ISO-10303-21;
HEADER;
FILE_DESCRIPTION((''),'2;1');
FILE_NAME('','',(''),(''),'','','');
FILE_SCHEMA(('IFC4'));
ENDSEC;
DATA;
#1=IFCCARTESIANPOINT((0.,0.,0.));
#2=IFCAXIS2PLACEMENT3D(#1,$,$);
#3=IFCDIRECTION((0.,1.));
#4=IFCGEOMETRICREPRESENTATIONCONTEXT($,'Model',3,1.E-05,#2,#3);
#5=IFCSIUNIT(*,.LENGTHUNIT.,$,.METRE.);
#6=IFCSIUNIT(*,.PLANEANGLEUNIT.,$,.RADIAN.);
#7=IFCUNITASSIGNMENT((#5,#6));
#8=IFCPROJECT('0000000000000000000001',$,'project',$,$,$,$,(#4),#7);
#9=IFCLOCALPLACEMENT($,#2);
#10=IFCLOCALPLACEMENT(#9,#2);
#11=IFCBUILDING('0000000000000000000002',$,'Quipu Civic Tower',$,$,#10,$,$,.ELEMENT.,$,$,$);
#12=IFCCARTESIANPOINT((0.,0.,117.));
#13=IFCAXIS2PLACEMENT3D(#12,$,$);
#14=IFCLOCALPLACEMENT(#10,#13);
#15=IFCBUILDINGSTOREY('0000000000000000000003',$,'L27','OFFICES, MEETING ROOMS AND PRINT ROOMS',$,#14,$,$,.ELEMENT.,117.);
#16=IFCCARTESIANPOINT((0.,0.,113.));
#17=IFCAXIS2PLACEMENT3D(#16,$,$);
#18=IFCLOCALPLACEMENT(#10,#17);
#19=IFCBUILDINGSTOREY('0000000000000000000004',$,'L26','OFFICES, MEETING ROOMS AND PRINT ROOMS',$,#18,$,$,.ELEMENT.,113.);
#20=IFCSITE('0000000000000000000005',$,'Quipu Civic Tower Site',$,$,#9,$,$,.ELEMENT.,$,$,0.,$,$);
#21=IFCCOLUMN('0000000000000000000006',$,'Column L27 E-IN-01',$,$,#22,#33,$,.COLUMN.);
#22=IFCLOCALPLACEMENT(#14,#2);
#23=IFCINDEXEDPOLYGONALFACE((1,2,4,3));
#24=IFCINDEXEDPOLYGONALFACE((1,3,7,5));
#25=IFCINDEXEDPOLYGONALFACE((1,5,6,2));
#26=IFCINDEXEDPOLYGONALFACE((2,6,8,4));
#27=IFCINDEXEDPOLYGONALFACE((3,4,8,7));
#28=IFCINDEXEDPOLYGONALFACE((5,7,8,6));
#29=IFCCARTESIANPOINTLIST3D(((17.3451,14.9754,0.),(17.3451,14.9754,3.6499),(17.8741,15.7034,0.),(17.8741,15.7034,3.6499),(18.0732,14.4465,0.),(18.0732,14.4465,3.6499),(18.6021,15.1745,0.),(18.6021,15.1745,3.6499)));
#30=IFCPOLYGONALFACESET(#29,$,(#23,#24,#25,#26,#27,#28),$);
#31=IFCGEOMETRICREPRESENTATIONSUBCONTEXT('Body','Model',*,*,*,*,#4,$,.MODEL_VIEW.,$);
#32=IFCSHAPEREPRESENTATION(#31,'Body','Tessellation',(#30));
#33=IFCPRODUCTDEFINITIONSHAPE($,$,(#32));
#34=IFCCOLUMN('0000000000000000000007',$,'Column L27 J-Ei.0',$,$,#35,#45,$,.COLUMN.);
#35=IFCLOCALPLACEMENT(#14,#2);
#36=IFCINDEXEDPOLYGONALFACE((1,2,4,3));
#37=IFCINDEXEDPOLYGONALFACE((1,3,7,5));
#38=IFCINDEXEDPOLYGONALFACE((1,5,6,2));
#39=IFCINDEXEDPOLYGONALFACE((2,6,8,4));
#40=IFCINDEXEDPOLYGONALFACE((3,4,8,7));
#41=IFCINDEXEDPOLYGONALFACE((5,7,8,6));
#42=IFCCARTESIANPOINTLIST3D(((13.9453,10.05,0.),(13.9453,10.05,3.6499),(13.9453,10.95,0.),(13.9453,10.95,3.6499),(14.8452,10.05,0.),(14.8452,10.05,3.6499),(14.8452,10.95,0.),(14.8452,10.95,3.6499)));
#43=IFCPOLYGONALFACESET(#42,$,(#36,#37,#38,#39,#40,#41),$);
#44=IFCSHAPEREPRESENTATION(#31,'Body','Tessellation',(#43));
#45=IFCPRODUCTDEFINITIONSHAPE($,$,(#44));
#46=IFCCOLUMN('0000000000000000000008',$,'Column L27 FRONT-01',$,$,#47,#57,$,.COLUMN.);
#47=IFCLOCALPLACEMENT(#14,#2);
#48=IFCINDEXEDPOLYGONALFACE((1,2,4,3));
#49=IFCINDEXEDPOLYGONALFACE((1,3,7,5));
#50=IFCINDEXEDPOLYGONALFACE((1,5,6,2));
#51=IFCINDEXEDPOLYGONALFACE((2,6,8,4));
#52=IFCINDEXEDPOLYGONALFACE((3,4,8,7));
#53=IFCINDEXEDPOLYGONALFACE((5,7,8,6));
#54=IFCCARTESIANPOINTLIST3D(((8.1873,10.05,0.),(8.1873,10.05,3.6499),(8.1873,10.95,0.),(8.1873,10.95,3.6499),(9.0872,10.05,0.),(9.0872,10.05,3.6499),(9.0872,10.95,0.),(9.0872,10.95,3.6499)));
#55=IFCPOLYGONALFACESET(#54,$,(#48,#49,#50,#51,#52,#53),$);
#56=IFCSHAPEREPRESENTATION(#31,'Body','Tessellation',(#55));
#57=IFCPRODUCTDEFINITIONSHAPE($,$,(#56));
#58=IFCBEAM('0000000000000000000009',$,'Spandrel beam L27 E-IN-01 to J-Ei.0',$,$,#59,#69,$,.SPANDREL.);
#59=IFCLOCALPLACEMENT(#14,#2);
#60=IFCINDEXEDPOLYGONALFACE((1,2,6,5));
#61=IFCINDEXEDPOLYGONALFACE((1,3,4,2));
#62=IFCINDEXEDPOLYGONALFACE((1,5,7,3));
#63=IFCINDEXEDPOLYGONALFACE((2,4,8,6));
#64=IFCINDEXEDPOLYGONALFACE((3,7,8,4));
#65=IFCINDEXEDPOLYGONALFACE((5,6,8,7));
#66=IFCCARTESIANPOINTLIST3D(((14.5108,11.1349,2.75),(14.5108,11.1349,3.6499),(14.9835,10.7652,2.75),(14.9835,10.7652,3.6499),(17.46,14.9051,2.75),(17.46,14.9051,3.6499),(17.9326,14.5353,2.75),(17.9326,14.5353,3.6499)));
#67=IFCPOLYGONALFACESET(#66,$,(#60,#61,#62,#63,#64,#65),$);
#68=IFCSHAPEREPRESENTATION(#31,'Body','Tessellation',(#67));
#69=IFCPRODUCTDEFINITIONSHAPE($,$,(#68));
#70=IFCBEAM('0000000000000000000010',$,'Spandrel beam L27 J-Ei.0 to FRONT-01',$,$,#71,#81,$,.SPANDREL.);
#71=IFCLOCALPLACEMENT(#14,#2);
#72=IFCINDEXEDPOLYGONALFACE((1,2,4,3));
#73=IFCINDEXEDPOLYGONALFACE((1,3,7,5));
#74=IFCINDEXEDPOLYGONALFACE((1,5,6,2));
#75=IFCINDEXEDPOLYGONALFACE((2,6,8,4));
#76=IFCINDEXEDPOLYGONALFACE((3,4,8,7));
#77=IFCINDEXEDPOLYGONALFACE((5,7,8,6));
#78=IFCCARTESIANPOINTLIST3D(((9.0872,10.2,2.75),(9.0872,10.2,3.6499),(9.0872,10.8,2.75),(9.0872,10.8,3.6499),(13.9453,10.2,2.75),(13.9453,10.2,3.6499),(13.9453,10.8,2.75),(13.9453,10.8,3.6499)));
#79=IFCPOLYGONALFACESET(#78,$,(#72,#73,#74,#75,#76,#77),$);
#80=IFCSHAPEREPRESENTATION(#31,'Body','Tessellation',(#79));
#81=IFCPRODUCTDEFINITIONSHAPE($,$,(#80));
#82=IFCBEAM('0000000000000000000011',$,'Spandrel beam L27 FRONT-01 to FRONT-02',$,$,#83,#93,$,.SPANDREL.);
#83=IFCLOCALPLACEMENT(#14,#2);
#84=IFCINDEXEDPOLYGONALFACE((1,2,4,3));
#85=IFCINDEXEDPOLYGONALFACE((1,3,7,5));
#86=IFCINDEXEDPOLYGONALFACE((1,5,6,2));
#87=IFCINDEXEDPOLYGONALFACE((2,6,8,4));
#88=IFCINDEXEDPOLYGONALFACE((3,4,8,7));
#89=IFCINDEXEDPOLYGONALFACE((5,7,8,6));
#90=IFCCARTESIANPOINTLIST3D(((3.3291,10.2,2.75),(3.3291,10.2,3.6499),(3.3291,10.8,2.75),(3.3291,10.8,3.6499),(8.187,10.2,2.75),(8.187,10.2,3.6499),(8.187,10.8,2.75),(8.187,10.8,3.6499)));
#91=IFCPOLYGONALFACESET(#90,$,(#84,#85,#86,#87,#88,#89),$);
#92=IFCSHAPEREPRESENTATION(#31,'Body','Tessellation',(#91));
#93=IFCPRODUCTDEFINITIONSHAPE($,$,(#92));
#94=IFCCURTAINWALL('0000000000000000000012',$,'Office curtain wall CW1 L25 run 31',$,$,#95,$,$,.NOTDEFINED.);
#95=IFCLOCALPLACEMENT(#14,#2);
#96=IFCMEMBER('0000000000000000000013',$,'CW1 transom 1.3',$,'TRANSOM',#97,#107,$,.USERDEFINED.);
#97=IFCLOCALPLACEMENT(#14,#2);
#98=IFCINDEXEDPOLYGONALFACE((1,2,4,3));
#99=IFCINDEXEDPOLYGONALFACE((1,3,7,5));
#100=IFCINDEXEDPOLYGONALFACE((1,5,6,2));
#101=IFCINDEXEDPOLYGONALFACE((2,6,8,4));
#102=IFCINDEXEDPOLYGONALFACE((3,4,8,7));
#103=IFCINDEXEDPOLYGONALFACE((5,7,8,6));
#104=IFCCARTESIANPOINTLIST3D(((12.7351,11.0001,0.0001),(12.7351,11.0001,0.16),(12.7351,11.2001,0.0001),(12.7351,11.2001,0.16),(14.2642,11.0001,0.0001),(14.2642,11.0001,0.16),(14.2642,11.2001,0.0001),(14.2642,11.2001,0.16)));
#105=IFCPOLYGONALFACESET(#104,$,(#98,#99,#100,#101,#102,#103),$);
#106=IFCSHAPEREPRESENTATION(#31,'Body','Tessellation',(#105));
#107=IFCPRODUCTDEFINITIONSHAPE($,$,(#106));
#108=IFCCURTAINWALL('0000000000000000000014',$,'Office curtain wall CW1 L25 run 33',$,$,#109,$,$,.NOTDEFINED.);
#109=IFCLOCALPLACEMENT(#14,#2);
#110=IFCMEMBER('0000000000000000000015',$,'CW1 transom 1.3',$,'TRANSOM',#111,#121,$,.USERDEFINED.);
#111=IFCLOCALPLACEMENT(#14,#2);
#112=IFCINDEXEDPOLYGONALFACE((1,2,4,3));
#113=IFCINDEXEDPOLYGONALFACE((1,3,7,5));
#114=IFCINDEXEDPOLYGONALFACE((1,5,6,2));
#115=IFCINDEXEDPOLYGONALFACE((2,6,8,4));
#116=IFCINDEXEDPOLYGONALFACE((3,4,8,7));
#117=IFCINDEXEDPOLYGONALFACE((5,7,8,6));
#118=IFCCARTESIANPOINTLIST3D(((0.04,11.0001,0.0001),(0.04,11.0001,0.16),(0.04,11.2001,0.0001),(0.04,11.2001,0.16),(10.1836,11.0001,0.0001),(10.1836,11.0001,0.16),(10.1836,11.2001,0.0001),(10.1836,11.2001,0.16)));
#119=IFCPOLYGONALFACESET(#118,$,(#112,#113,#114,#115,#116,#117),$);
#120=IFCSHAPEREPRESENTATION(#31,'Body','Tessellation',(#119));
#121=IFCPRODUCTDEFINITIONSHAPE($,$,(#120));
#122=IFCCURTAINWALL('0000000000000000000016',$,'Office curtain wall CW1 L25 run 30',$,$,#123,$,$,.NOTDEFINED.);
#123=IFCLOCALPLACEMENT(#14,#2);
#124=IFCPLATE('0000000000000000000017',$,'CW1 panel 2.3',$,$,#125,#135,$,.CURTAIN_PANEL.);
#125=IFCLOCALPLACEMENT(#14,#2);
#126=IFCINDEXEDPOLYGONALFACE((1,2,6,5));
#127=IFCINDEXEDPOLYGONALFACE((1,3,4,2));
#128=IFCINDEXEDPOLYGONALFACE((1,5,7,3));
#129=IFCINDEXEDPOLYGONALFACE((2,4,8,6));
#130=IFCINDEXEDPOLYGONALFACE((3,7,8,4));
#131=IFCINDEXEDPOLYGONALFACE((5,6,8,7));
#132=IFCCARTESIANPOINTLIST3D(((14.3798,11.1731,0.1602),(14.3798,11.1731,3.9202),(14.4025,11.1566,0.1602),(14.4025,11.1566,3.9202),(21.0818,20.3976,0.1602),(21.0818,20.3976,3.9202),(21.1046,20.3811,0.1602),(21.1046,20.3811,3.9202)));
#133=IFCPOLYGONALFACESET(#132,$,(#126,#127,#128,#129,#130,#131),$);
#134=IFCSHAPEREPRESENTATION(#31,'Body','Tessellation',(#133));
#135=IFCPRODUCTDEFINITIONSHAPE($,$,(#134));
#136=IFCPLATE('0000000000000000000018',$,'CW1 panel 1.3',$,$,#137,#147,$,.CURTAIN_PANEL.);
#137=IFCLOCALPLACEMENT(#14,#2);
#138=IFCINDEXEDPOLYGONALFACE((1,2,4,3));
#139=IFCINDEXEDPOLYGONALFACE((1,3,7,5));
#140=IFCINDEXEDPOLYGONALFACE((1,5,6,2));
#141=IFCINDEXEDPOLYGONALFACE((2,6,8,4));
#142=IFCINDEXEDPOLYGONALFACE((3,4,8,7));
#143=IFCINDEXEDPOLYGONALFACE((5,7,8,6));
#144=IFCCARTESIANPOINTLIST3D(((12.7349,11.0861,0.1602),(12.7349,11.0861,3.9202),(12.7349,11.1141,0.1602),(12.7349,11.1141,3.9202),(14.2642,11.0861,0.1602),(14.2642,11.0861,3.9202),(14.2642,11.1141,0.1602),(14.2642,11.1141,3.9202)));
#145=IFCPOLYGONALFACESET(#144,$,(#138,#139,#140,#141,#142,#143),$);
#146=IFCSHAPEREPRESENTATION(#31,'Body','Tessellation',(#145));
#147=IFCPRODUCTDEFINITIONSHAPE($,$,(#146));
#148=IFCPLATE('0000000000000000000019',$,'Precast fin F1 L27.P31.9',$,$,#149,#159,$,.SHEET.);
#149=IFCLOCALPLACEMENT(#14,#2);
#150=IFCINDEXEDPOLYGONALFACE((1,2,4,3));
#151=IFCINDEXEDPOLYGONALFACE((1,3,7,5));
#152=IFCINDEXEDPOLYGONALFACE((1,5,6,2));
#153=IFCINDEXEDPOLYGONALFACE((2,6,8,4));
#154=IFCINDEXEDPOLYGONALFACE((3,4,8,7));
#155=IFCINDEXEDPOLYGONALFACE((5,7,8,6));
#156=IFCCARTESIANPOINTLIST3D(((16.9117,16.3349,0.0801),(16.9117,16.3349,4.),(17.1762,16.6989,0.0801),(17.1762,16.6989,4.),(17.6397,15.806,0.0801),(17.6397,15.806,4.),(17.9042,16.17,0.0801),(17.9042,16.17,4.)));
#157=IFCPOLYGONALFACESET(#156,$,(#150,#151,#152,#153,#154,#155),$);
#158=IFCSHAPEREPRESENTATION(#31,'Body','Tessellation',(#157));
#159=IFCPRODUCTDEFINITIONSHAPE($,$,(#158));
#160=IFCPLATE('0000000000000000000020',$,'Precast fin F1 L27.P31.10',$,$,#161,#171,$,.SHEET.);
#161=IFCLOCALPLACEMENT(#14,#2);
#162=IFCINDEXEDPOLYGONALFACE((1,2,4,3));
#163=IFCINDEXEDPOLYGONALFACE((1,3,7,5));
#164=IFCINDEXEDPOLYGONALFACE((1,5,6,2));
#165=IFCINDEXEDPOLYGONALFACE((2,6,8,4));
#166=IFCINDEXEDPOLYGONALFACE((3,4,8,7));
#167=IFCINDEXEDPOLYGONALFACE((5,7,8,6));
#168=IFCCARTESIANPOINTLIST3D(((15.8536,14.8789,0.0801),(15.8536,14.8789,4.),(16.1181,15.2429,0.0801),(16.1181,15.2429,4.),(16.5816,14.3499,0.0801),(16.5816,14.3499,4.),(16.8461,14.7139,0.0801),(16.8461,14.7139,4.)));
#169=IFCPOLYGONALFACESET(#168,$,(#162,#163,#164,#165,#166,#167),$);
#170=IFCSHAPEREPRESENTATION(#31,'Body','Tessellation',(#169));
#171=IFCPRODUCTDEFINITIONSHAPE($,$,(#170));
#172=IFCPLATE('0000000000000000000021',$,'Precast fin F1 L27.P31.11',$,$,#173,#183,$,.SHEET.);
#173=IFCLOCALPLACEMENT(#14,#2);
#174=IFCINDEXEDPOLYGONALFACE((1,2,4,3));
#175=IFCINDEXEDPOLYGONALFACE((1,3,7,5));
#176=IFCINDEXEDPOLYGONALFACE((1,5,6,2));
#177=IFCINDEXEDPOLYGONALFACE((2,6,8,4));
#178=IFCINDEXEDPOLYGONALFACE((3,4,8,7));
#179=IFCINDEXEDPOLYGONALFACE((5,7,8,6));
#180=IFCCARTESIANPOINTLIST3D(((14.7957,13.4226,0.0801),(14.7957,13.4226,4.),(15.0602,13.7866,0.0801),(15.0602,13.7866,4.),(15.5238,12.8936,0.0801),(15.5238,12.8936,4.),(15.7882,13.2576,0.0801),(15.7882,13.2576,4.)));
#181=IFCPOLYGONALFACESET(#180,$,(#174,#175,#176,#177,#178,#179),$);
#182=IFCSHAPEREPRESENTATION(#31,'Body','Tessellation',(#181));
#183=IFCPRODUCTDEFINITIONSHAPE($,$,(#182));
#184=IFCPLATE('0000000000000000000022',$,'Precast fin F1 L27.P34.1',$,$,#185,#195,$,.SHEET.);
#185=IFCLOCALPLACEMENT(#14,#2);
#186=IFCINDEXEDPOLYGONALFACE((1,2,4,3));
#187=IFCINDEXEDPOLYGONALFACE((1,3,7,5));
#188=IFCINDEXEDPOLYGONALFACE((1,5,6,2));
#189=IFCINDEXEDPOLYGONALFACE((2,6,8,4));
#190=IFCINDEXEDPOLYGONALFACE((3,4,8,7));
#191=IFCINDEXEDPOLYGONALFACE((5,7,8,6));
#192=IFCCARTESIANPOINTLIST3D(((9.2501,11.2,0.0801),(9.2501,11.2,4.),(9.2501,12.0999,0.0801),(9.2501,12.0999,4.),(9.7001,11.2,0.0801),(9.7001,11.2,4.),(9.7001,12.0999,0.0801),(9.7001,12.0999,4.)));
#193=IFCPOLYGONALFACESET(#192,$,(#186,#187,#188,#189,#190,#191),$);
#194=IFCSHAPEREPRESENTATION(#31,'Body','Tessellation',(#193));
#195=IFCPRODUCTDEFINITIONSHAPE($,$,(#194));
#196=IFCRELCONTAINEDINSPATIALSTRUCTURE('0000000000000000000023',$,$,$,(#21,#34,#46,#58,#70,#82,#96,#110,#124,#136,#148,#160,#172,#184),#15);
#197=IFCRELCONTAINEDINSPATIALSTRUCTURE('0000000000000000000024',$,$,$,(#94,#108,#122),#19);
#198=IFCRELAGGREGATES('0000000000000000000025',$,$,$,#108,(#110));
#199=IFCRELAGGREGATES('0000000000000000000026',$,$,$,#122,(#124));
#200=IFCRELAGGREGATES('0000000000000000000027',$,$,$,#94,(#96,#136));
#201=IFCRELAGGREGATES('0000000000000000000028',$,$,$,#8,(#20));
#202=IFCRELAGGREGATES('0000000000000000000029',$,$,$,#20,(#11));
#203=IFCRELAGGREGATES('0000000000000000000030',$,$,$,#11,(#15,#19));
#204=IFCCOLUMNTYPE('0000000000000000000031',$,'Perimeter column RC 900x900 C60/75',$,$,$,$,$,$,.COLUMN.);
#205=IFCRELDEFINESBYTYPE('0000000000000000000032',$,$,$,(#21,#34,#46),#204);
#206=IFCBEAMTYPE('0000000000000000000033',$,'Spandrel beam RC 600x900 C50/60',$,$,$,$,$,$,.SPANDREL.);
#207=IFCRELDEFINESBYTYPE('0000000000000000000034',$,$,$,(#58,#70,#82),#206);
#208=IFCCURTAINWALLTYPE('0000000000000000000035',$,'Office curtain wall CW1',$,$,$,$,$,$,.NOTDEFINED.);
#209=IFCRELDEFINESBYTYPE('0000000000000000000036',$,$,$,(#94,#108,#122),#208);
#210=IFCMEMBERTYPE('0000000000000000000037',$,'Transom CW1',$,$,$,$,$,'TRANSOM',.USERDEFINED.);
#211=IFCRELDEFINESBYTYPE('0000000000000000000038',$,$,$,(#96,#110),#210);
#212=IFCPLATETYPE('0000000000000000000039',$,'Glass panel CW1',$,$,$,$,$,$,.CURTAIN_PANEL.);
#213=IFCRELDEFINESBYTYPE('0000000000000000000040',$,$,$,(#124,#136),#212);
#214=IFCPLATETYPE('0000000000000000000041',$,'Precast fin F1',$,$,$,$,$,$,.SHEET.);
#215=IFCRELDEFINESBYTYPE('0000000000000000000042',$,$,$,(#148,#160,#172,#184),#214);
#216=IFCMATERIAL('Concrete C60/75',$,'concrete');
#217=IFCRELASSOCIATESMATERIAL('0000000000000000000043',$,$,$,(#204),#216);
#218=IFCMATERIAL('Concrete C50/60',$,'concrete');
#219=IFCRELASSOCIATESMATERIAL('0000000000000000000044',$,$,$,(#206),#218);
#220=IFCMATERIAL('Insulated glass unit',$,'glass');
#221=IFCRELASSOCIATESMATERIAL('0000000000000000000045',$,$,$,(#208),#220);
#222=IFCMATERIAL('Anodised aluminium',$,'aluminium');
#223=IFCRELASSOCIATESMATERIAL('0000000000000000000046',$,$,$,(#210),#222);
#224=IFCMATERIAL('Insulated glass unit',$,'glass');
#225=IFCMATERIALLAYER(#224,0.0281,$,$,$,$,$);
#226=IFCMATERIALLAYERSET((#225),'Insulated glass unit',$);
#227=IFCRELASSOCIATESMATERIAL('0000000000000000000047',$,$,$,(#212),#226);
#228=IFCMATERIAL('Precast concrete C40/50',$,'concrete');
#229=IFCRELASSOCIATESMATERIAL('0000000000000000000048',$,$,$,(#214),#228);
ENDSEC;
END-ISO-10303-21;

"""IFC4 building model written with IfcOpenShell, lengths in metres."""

from ifc_helpers import new_model, si_unit, direction, frame, origin, origin_2d, place, context, subcontext, project, spatial, rectangle, extrude, material, layer, layer_set, material_profile, profile_set, type_object, element, aggregate, save


model = new_model("IFC4")

# Units and contexts
model_context = context("Model", 3, precision=1e-05, world=origin(), true_north=direction((0.0, 1.0)))
body_context = subcontext(model_context, "Body", "Model", "MODEL_VIEW")
ifc_project = project(units=[si_unit("LENGTHUNIT", "METRE"), si_unit("PLANEANGLEUNIT", "RADIAN")], contexts=[model_context])

# Site, building, storey
site_placement = place(None, origin())
site = spatial("IfcSite", under=ifc_project, at=site_placement, Name="Quipu Civic Tower Site", CompositionType="ELEMENT", RefElevation=0.0)
building_placement = place(site_placement, origin())
building = spatial("IfcBuilding", under=site, at=building_placement, Name="Quipu Civic Tower", CompositionType="ELEMENT")
storey_1_placement = place(building_placement, frame((0.0, 0.0, 117.0)))
storey_1 = spatial("IfcBuildingStorey", under=building, at=storey_1_placement, Name="L27", Description="OFFICES, MEETING ROOMS AND PRINT ROOMS", CompositionType="ELEMENT", Elevation=117.0)

# Columns
ifc_material_1 = material(Name="Concrete C60/75", Category="concrete")
ifc_material_profile_1 = material_profile(ifc_material_1, rectangle(XDim=0.8999, YDim=0.8999, at=origin_2d()), Name="RC900x900")
ifc_profile_set_1 = profile_set([ifc_material_profile_1], Name="Concrete C60/75")
column_type = type_object("IfcColumnType", Name="Perimeter column RC 900x900 C60/75", PredefinedType="COLUMN", material=ifc_profile_set_1)
for number, where, z_axis, x_axis, name in (
    (1, (17.9736, 15.075, 0.0), (0.0, 0.0, 1.0), (-0.587785, -0.809017, 0.0), "Column L27 E-IN-01"),
    (2, (14.3953, 10.5, 0.0), (0.0, 0.0, 1.0), (-1.0, 0.0, 0.0), "Column L27 J-Ei.0"),
    (3, (8.6372, 10.5, 0.0), (0.0, 0.0, 1.0), (-1.0, 0.0, 0.0), "Column L27 FRONT-01"),
):
    element("IfcColumn", number, at=place(storey_1_placement, frame(where, z_axis=z_axis, x_axis=x_axis)), inside=storey_1, type_object=column_type, Name=name, PredefinedType="COLUMN", context=body_context, shape_type="SweptSolid", body=[
        extrude(rectangle(XDim=0.8999, YDim=0.8999, at=origin_2d()), origin(), (0.0, 0.0, 1.0), 3.6499),
    ])

# Beams
ifc_material_2 = material(Name="Concrete C50/60", Category="concrete")
ifc_material_profile_2 = material_profile(ifc_material_2, rectangle(XDim=0.6001, YDim=0.8999, at=origin_2d()), Name="RC600x900")
ifc_profile_set_2 = profile_set([ifc_material_profile_2], Name="Concrete C50/60")
beam_type = type_object("IfcBeamType", Name="Spandrel beam RC 600x900 C50/60", PredefinedType="SPANDREL", material=ifc_profile_set_2)
beam_1_placement = place(storey_1_placement, frame((17.6963, 14.7202, 3.2), z_axis=(-0.616124, -0.787649, 0.0), x_axis=(0.787649, -0.616124, 0.0)))
element("IfcBeam", 4, at=beam_1_placement, inside=storey_1, type_object=beam_type, Name="Spandrel beam L27 E-IN-01 to J-Ei.0", PredefinedType="SPANDREL", context=body_context, shape_type="SweptSolid", body=[
    extrude(rectangle(XDim=0.6001, YDim=0.8999, at=origin_2d()), origin(), (0.0, 0.0, 1.0), 4.7866),
])
beam_2_placement = place(storey_1_placement, frame((13.9453, 10.5, 3.2), z_axis=(-1.0, 0.0, 0.0), x_axis=(0.0, -1.0, 0.0)))
element("IfcBeam", 5, at=beam_2_placement, inside=storey_1, type_object=beam_type, Name="Spandrel beam L27 J-Ei.0 to FRONT-01", PredefinedType="SPANDREL", context=body_context, shape_type="SweptSolid", body=[
    extrude(rectangle(XDim=0.6001, YDim=0.8999, at=origin_2d()), origin(), (0.0, 0.0, 1.0), 4.8582),
])
beam_3_placement = place(storey_1_placement, frame((8.187, 10.5, 3.2), z_axis=(-1.0, 0.0, 0.0), x_axis=(0.0, -1.0, 0.0)))
element("IfcBeam", 6, at=beam_3_placement, inside=storey_1, type_object=beam_type, Name="Spandrel beam L27 FRONT-01 to FRONT-02", PredefinedType="SPANDREL", context=body_context, shape_type="SweptSolid", body=[
    extrude(rectangle(XDim=0.6001, YDim=0.8999, at=origin_2d()), origin(), (0.0, 0.0, 1.0), 4.8579),
])

# Shared definitions
storey_2_placement = place(building_placement, frame((0.0, 0.0, 113.0)))
storey_2 = spatial("IfcBuildingStorey", under=building, at=storey_2_placement, Name="L26", Description="OFFICES, MEETING ROOMS AND PRINT ROOMS", CompositionType="ELEMENT", Elevation=113.0)

# Curtain walls, members
ifc_material_3 = material(Name="Insulated glass unit", Category="glass")
curtain_wall_type = type_object("IfcCurtainWallType", Name="Office curtain wall CW1", PredefinedType="NOTDEFINED", material=ifc_material_3)
curtain_wall_1_placement = place(storey_2_placement, origin())
curtain_wall_1 = element("IfcCurtainWall", 7, at=curtain_wall_1_placement, inside=storey_2, type_object=curtain_wall_type, Name="Office curtain wall CW1 L25 run 31", PredefinedType="NOTDEFINED")
ifc_material_4 = material(Name="Anodised aluminium", Category="aluminium")
ifc_material_profile_3 = material_profile(ifc_material_4, rectangle(XDim=0.2, YDim=0.1599, at=origin_2d()), Name="RECT 200x160")
ifc_profile_set_3 = profile_set([ifc_material_profile_3], Name="Anodised aluminium")
member_type = type_object("IfcMemberType", Name="Transom CW1", ElementType="TRANSOM", PredefinedType="USERDEFINED", material=ifc_profile_set_3)
member_1_placement = place(storey_1_placement, frame((14.2642, 11.1001, 0.0801), z_axis=(-1.0, 0.0, 0.0), x_axis=(0.0, -1.0, 0.0)))
member_1 = element("IfcMember", 8, at=member_1_placement, inside=storey_1, type_object=member_type, Name="CW1 transom 1.3", ObjectType="TRANSOM", PredefinedType="USERDEFINED", context=body_context, shape_type="SweptSolid", body=[
    extrude(rectangle(XDim=0.2, YDim=0.1599, at=origin_2d()), origin(), (0.0, 0.0, 1.0), 1.5291),
])
curtain_wall_2_placement = place(storey_2_placement, origin())
curtain_wall_2 = element("IfcCurtainWall", 9, at=curtain_wall_2_placement, inside=storey_2, type_object=curtain_wall_type, Name="Office curtain wall CW1 L25 run 33", PredefinedType="NOTDEFINED")
member_2_placement = place(storey_1_placement, frame((10.1836, 11.1001, 0.0801), z_axis=(-1.0, 0.0, 0.0), x_axis=(0.0, -1.0, 0.0)))
member_2 = element("IfcMember", 10, at=member_2_placement, inside=storey_1, type_object=member_type, Name="CW1 transom 1.3", ObjectType="TRANSOM", PredefinedType="USERDEFINED", context=body_context, shape_type="SweptSolid", body=[
    extrude(rectangle(XDim=0.2, YDim=0.1599, at=origin_2d()), origin(), (0.0, 0.0, 1.0), 10.1436),
])
aggregate(curtain_wall_2, [member_2])

# Curtain wall, plate
curtain_wall_3_placement = place(storey_2_placement, origin())
curtain_wall_3 = element("IfcCurtainWall", 11, at=curtain_wall_3_placement, inside=storey_2, type_object=curtain_wall_type, Name="Office curtain wall CW1 L25 run 30", PredefinedType="NOTDEFINED")
ifc_material_5 = material(Name="Insulated glass unit", Category="glass")
ifc_layer_1 = layer(ifc_material_5, 0.0281)
ifc_layer_set_1 = layer_set([ifc_layer_1], Name="Insulated glass unit")
plate_type_1 = type_object("IfcPlateType", Name="Glass panel CW1", PredefinedType="CURTAIN_PANEL", material=ifc_layer_set_1)
plate_1_placement = place(storey_1_placement, frame((17.7422, 15.7771, 0.1602), z_axis=(0.0, 0.0, 1.0), x_axis=(-0.587789, -0.809014, 0.0)))
plate_1 = element("IfcPlate", 12, at=plate_1_placement, inside=storey_1, type_object=plate_type_1, Name="CW1 panel 2.3", PredefinedType="CURTAIN_PANEL", context=body_context, shape_type="SweptSolid", body=[
    extrude(rectangle(XDim=11.4021, YDim=0.0281, at=origin_2d()), origin(), (0.0, 0.0, 1.0), 3.76),
])
aggregate(curtain_wall_3, [plate_1])

# Plate
plate_2_placement = place(storey_1_placement, frame((13.4995, 11.1001, 0.1602), z_axis=(0.0, 0.0, 1.0), x_axis=(-1.0, 0.0, 0.0)))
plate_2 = element("IfcPlate", 13, at=plate_2_placement, inside=storey_1, type_object=plate_type_1, Name="CW1 panel 1.3", PredefinedType="CURTAIN_PANEL", context=body_context, shape_type="SweptSolid", body=[
    extrude(rectangle(XDim=1.5293, YDim=0.0281, at=origin_2d()), origin(), (0.0, 0.0, 1.0), 3.76),
])
aggregate(curtain_wall_1, [member_1, plate_2])

# Plates
ifc_material_6 = material(Name="Precast concrete C40/50", Category="concrete")
plate_type_2 = type_object("IfcPlateType", Name="Precast fin F1", PredefinedType="SHEET", material=ifc_material_6)
for number, where, z_axis, x_axis, name in (
    (14, (17.408, 16.2524, 0.0801), (0.0, 0.0, 1.0), (-0.587787, -0.809016, 0.0), "Precast fin F1 L27.P31.9"),
    (15, (16.3499, 14.7964, 0.0801), (0.0, 0.0, 1.0), (-0.587787, -0.809016, 0.0), "Precast fin F1 L27.P31.10"),
    (16, (15.292, 13.3401, 0.0801), (0.0, 0.0, 1.0), (-0.587787, -0.809016, 0.0), "Precast fin F1 L27.P31.11"),
    (17, (9.4751, 11.6499, 0.0801), (0.0, 0.0, 1.0), (-1.0, 0.0, 0.0), "Precast fin F1 L27.P34.1"),
):
    element("IfcPlate", number, at=place(storey_1_placement, frame(where, z_axis=z_axis, x_axis=x_axis)), inside=storey_1, type_object=plate_type_2, Name=name, PredefinedType="SHEET", context=body_context, shape_type="SweptSolid", body=[
        extrude(rectangle(XDim=0.45, YDim=0.8999, at=origin_2d()), origin(), (0.0, 0.0, 1.0), 3.9199),
    ])

save(model, "model.ifc")
